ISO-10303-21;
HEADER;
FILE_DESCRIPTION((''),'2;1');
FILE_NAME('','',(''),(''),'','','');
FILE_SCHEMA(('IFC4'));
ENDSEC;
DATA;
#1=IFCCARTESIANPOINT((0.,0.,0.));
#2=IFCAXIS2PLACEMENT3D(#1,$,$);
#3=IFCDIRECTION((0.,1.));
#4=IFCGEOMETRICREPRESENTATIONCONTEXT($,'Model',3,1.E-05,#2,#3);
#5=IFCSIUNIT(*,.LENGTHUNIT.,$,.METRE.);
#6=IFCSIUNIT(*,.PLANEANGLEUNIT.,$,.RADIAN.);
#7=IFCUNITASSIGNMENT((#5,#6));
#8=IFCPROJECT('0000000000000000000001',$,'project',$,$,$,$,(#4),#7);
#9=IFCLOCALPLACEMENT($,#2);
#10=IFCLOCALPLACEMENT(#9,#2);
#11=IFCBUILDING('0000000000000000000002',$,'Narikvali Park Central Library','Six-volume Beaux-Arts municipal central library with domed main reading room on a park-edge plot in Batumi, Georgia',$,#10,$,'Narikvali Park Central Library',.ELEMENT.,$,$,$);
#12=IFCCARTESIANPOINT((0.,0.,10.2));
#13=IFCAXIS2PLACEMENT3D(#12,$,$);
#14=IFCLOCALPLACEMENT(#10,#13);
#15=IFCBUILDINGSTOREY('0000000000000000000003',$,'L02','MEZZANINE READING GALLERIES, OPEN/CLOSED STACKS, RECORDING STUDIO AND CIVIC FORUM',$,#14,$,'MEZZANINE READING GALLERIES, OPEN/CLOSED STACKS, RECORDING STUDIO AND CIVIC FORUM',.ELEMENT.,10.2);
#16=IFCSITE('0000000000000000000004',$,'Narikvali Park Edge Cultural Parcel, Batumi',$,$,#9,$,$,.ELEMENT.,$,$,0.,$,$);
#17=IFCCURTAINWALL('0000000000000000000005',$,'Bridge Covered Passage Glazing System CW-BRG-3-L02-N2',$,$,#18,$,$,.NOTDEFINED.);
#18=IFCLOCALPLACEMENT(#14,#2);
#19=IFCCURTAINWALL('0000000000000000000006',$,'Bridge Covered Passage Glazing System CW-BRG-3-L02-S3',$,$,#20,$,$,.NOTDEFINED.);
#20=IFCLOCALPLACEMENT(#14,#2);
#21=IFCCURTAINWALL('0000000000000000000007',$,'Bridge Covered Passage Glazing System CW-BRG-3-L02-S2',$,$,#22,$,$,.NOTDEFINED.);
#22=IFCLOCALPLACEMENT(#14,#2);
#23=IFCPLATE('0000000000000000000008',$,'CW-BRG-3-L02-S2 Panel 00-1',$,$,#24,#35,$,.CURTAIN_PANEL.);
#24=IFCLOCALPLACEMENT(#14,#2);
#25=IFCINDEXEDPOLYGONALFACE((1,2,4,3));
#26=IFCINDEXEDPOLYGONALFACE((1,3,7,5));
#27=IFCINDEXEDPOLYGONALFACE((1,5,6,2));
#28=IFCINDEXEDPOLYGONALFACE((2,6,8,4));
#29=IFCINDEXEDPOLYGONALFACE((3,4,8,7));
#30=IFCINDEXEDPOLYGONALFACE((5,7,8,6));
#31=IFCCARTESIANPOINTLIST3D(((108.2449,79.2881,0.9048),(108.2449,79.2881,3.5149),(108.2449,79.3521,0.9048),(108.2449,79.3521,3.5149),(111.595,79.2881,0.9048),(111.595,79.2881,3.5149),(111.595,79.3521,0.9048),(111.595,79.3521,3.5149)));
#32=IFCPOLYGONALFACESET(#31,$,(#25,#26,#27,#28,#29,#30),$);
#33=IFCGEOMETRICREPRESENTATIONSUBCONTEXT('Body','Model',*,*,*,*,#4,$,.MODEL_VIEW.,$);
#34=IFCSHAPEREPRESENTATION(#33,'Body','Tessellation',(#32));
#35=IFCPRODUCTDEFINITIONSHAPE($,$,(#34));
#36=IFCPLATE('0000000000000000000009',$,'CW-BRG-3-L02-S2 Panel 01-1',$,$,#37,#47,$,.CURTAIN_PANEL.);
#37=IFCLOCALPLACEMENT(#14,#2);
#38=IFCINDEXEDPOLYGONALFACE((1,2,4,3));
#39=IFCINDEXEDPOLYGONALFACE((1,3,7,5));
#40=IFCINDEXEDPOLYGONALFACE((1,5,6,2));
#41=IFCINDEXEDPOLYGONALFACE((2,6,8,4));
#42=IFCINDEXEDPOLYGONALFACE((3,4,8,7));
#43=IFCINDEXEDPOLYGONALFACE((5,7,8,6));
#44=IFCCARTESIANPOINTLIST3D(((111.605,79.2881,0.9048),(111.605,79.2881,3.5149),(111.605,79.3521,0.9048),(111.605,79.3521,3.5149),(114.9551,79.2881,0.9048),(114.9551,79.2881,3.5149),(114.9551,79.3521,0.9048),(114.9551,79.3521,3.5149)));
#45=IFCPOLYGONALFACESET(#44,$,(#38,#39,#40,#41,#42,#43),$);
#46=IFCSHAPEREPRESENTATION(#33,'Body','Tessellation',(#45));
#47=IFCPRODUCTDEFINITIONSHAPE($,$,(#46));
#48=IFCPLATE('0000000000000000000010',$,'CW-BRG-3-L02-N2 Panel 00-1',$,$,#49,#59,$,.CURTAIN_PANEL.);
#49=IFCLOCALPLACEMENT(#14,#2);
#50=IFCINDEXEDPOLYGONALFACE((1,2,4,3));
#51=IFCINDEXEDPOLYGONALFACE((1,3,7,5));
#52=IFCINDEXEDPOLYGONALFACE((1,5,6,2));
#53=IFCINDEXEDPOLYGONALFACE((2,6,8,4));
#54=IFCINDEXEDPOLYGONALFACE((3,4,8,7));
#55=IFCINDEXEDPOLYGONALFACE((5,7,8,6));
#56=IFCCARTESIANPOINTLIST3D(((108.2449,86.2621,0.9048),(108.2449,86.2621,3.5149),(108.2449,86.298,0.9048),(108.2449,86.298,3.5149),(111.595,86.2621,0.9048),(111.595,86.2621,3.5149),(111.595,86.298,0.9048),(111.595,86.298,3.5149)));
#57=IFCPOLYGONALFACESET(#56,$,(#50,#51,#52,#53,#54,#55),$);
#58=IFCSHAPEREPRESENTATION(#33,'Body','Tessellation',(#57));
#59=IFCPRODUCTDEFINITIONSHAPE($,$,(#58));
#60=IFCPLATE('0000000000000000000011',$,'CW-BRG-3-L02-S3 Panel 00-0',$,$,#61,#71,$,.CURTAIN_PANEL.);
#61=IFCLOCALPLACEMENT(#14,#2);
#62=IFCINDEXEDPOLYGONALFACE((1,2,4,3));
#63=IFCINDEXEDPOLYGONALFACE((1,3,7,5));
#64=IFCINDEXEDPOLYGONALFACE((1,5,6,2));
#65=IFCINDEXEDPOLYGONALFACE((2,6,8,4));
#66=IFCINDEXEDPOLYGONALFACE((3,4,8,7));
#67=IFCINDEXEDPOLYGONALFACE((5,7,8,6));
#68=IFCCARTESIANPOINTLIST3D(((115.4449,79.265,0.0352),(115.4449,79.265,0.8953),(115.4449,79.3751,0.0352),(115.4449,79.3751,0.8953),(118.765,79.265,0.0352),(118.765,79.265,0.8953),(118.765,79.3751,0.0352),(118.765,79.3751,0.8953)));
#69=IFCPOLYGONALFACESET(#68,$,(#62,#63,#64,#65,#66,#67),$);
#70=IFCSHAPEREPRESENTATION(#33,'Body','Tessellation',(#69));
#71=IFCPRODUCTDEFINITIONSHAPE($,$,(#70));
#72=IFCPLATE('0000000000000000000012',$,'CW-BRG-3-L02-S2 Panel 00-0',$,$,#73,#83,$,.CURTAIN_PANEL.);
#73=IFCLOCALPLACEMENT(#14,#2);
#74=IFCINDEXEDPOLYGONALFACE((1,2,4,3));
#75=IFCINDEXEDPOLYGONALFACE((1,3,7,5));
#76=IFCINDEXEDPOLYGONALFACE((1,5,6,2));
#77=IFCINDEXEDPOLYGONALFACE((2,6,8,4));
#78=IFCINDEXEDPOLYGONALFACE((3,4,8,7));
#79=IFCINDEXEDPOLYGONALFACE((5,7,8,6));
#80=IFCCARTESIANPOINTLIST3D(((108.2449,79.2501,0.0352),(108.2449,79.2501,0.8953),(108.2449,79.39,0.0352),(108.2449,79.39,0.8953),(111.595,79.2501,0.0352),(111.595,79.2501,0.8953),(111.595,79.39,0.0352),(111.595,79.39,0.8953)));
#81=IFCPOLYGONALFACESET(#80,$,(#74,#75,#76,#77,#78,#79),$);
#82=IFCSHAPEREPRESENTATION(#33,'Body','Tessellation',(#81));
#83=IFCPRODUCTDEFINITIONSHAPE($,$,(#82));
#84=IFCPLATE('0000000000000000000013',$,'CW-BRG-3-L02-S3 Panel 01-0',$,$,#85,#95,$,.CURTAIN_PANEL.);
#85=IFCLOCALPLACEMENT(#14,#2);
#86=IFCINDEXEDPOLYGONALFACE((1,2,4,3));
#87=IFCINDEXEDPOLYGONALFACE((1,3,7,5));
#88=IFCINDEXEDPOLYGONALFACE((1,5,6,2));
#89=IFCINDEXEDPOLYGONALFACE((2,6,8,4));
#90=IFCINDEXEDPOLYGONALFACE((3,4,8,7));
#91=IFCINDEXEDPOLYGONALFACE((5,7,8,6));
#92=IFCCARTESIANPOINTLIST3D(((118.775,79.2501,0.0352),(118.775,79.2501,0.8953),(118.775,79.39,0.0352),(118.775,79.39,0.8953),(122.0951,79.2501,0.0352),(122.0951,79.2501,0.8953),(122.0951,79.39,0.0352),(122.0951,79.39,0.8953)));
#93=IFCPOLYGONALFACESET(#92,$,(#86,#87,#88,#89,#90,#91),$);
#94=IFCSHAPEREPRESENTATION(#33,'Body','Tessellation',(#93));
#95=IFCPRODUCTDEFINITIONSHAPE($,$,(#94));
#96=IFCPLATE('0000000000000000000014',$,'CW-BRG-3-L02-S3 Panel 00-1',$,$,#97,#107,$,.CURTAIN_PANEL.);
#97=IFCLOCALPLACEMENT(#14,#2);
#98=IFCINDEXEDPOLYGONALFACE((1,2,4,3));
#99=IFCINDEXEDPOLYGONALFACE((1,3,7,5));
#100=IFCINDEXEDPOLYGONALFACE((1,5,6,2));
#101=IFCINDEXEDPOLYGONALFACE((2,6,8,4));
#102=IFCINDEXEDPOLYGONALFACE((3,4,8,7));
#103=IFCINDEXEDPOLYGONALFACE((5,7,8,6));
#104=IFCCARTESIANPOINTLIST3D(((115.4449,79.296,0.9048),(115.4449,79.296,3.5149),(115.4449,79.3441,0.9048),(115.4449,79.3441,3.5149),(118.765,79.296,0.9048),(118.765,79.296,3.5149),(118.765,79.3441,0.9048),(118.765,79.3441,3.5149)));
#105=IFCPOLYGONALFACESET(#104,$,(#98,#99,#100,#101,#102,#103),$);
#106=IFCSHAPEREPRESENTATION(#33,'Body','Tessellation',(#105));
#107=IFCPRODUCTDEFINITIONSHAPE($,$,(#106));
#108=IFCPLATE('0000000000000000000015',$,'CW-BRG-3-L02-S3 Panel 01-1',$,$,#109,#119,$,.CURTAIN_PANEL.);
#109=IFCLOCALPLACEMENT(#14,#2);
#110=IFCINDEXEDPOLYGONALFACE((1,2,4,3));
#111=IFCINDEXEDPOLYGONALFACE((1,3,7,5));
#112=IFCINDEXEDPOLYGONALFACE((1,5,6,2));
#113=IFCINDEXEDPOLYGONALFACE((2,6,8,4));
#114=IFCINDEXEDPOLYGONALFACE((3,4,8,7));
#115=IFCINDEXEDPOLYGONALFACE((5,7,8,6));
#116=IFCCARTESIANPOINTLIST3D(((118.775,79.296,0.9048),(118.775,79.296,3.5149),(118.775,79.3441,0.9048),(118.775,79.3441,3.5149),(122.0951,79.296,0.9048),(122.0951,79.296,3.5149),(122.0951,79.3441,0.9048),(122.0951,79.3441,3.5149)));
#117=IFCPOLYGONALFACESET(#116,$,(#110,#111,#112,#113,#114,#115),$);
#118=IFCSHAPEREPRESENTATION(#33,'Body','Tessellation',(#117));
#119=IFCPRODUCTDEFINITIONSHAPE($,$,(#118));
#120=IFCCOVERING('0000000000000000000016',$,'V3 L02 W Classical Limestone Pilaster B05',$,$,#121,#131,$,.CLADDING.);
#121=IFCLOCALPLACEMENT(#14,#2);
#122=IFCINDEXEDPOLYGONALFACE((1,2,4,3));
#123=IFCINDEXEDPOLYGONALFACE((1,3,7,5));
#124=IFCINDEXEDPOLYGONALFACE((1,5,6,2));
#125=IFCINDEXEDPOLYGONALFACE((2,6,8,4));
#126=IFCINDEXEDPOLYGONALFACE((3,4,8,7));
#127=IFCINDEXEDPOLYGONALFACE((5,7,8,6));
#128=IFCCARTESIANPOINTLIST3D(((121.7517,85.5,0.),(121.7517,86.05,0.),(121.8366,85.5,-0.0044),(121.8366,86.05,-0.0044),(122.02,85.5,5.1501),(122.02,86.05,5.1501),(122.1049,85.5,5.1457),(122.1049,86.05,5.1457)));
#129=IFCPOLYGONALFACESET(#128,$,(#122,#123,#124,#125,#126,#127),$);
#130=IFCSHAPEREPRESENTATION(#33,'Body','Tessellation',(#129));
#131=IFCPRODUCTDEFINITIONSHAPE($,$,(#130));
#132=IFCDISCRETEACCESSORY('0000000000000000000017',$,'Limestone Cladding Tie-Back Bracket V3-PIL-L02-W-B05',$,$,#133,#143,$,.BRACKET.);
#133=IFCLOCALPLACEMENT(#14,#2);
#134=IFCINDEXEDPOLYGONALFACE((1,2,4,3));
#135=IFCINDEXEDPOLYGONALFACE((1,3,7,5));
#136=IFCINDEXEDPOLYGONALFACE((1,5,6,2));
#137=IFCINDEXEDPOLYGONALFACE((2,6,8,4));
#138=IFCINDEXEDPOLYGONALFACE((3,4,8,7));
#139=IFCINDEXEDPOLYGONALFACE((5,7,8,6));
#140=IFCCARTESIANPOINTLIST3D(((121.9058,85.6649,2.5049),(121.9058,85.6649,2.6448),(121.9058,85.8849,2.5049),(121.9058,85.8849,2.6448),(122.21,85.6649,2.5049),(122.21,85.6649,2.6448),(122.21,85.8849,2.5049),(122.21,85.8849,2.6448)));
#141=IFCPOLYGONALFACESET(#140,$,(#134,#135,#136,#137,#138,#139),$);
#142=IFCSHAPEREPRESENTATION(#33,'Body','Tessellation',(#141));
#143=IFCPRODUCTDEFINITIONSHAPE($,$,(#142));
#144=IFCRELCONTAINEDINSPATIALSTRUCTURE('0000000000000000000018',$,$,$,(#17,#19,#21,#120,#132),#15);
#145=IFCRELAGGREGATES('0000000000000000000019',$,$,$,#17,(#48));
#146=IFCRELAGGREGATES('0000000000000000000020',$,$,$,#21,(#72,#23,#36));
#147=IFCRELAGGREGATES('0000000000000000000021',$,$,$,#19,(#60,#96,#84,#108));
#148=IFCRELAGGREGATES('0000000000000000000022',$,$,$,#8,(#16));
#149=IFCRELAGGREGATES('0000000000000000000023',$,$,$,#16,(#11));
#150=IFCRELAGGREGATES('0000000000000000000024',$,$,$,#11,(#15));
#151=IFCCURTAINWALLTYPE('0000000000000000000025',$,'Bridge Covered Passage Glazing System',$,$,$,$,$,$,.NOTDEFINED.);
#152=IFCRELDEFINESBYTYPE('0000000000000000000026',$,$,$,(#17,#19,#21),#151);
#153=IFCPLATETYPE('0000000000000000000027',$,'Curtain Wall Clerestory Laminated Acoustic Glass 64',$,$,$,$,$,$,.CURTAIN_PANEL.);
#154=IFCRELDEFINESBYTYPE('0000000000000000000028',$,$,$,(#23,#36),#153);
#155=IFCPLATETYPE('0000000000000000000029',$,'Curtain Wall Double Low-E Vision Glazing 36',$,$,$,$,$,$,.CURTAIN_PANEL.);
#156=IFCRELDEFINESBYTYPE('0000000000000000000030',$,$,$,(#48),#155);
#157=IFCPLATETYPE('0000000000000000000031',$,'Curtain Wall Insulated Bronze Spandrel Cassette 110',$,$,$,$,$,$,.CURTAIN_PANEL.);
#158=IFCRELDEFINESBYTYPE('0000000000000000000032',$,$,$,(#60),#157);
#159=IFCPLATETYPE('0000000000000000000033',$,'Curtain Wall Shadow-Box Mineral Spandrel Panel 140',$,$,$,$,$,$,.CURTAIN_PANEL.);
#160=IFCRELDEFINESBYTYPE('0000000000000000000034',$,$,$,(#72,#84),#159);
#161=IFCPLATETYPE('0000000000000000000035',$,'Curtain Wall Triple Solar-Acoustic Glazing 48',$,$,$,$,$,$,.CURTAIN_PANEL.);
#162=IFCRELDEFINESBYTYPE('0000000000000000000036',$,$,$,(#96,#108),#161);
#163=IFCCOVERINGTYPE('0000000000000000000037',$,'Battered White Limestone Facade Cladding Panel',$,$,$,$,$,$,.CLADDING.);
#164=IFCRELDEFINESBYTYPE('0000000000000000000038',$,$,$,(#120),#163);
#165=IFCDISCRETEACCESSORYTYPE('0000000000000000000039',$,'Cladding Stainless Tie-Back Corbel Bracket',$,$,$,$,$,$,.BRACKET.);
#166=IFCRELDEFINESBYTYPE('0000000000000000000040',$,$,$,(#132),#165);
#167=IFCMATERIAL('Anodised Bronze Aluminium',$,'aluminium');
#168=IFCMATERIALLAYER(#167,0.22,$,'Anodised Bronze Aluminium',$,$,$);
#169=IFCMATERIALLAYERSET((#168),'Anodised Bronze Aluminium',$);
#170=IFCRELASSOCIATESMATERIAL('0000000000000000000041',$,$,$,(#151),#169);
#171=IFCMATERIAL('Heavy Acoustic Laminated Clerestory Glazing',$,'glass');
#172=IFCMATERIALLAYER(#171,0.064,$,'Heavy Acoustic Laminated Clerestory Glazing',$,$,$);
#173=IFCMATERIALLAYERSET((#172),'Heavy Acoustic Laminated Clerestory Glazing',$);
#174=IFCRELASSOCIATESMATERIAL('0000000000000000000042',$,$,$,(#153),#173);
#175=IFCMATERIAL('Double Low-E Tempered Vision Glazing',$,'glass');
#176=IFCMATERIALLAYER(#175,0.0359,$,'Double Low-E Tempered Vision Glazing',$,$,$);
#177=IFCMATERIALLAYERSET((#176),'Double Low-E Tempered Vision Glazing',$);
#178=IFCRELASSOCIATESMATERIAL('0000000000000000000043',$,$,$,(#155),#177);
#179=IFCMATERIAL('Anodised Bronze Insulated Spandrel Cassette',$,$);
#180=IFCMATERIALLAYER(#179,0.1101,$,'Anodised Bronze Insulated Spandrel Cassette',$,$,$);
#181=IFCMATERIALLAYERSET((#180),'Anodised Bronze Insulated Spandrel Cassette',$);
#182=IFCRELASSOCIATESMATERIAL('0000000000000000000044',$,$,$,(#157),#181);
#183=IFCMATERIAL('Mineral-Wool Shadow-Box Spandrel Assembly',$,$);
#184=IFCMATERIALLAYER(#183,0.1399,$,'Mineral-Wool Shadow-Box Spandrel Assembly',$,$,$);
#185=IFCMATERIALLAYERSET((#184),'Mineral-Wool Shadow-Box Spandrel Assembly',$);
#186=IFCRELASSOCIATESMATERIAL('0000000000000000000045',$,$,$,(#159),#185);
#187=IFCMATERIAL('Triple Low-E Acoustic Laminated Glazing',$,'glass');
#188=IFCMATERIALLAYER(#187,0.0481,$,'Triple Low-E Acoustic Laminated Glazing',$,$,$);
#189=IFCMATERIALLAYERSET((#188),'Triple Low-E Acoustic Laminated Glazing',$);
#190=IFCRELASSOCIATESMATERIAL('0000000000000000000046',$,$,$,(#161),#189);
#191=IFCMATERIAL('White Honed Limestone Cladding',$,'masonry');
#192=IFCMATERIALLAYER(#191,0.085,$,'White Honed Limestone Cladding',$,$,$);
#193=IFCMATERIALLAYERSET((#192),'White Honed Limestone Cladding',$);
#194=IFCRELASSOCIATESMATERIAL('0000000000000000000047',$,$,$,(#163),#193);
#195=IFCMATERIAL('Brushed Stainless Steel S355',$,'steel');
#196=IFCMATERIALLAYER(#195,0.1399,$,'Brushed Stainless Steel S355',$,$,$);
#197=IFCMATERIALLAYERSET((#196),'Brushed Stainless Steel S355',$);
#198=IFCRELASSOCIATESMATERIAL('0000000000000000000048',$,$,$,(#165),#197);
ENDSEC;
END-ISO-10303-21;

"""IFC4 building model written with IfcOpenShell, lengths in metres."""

from ifc_helpers import new_model, si_unit, direction, frame, origin, origin_2d, place, context, subcontext, project, spatial, polyline, rectangle, outline, extrude, material, layer, layer_set, type_object, element, aggregate, save


model = new_model("IFC4")

# Units and contexts
model_context = context("Model", 3, precision=1e-05, world=origin(), true_north=direction((0.0, 1.0)))
body_context = subcontext(model_context, "Body", "Model", "MODEL_VIEW")
ifc_project = project(units=[si_unit("LENGTHUNIT", "METRE"), si_unit("PLANEANGLEUNIT", "RADIAN")], contexts=[model_context])

# Site, building, storey
site_placement = place(None, origin())
site = spatial("IfcSite", under=ifc_project, at=site_placement, Name="Narikvali Park Edge Cultural Parcel, Batumi", CompositionType="ELEMENT", RefElevation=0.0)
building_placement = place(site_placement, origin())
building = spatial("IfcBuilding", under=site, at=building_placement, Name="Narikvali Park Central Library", Description="Six-volume Beaux-Arts municipal central library with domed main reading room on a park-edge plot in Batumi, Georgia", LongName="Narikvali Park Central Library", CompositionType="ELEMENT")
storey_placement = place(building_placement, frame((0.0, 0.0, 10.2)))
storey = spatial("IfcBuildingStorey", under=building, at=storey_placement, Name="L02", Description="MEZZANINE READING GALLERIES, OPEN/CLOSED STACKS, RECORDING STUDIO AND CIVIC FORUM", LongName="MEZZANINE READING GALLERIES, OPEN/CLOSED STACKS, RECORDING STUDIO AND CIVIC FORUM", CompositionType="ELEMENT", Elevation=10.2)

# Curtain walls
ifc_material_1 = material(Name="Anodised Bronze Aluminium", Category="aluminium")
ifc_layer_1 = layer(ifc_material_1, 0.22, Name="Anodised Bronze Aluminium")
ifc_layer_set_1 = layer_set([ifc_layer_1], Name="Anodised Bronze Aluminium")
curtain_wall_type = type_object("IfcCurtainWallType", Name="Bridge Covered Passage Glazing System", PredefinedType="NOTDEFINED", material=ifc_layer_set_1)
curtain_wall_1_placement = place(storey_placement, origin())
curtain_wall_1 = element("IfcCurtainWall", 1, at=curtain_wall_1_placement, inside=storey, type_object=curtain_wall_type, Name="Bridge Covered Passage Glazing System CW-BRG-3-L02-N2", PredefinedType="NOTDEFINED")
curtain_wall_2_placement = place(storey_placement, origin())
curtain_wall_2 = element("IfcCurtainWall", 2, at=curtain_wall_2_placement, inside=storey, type_object=curtain_wall_type, Name="Bridge Covered Passage Glazing System CW-BRG-3-L02-S3", PredefinedType="NOTDEFINED")
curtain_wall_3_placement = place(storey_placement, origin())
curtain_wall_3 = element("IfcCurtainWall", 3, at=curtain_wall_3_placement, inside=storey, type_object=curtain_wall_type, Name="Bridge Covered Passage Glazing System CW-BRG-3-L02-S2", PredefinedType="NOTDEFINED")

# Plates
ifc_material_2 = material(Name="Heavy Acoustic Laminated Clerestory Glazing", Category="glass")
ifc_layer_2 = layer(ifc_material_2, 0.064, Name="Heavy Acoustic Laminated Clerestory Glazing")
ifc_layer_set_2 = layer_set([ifc_layer_2], Name="Heavy Acoustic Laminated Clerestory Glazing")
plate_type_1 = type_object("IfcPlateType", Name="Curtain Wall Clerestory Laminated Acoustic Glass 64", PredefinedType="CURTAIN_PANEL", material=ifc_layer_set_2)
plate_1_placement = place(storey_placement, frame((109.9199, 79.3201, 0.9048), z_axis=(0.0, 0.0, 1.0), x_axis=(1.0, 0.0, 0.0)))
plate_1 = element("IfcPlate", 4, at=plate_1_placement, type_object=plate_type_1, Name="CW-BRG-3-L02-S2 Panel 00-1", PredefinedType="CURTAIN_PANEL", context=body_context, shape_type="SweptSolid", body=[
    extrude(rectangle(XDim=3.3501, YDim=0.064, at=origin_2d()), origin(), (0.0, 0.0, 1.0), 2.6101),
])
plate_2_placement = place(storey_placement, frame((113.28, 79.3201, 0.9048), z_axis=(0.0, 0.0, 1.0), x_axis=(1.0, 0.0, 0.0)))
plate_2 = element("IfcPlate", 5, at=plate_2_placement, type_object=plate_type_1, Name="CW-BRG-3-L02-S2 Panel 01-1", PredefinedType="CURTAIN_PANEL", context=body_context, shape_type="SweptSolid", body=[
    extrude(rectangle(XDim=3.3501, YDim=0.064, at=origin_2d()), origin(), (0.0, 0.0, 1.0), 2.6101),
])
ifc_material_3 = material(Name="Double Low-E Tempered Vision Glazing", Category="glass")
ifc_layer_3 = layer(ifc_material_3, 0.0359, Name="Double Low-E Tempered Vision Glazing")
ifc_layer_set_3 = layer_set([ifc_layer_3], Name="Double Low-E Tempered Vision Glazing")
plate_type_2 = type_object("IfcPlateType", Name="Curtain Wall Double Low-E Vision Glazing 36", PredefinedType="CURTAIN_PANEL", material=ifc_layer_set_3)
plate_3_placement = place(storey_placement, frame((109.9199, 86.28, 0.9048), z_axis=(0.0, 0.0, 1.0), x_axis=(1.0, 0.0, 0.0)))
plate_3 = element("IfcPlate", 6, at=plate_3_placement, type_object=plate_type_2, Name="CW-BRG-3-L02-N2 Panel 00-1", PredefinedType="CURTAIN_PANEL", context=body_context, shape_type="SweptSolid", body=[
    extrude(rectangle(XDim=3.3501, YDim=0.0359, at=origin_2d()), origin(), (0.0, 0.0, 1.0), 2.6101),
])
aggregate(curtain_wall_1, [plate_3])
ifc_material_4 = material(Name="Anodised Bronze Insulated Spandrel Cassette")
ifc_layer_4 = layer(ifc_material_4, 0.1101, Name="Anodised Bronze Insulated Spandrel Cassette")
ifc_layer_set_4 = layer_set([ifc_layer_4], Name="Anodised Bronze Insulated Spandrel Cassette")
plate_type_3 = type_object("IfcPlateType", Name="Curtain Wall Insulated Bronze Spandrel Cassette 110", PredefinedType="CURTAIN_PANEL", material=ifc_layer_set_4)
plate_4_placement = place(storey_placement, frame((117.105, 79.3201, 0.0352), z_axis=(0.0, 0.0, 1.0), x_axis=(1.0, 0.0, 0.0)))
plate_4 = element("IfcPlate", 7, at=plate_4_placement, type_object=plate_type_3, Name="CW-BRG-3-L02-S3 Panel 00-0", PredefinedType="CURTAIN_PANEL", context=body_context, shape_type="SweptSolid", body=[
    extrude(rectangle(XDim=3.3201, YDim=0.1101, at=origin_2d()), origin(), (0.0, 0.0, 1.0), 0.8601),
])
ifc_material_5 = material(Name="Mineral-Wool Shadow-Box Spandrel Assembly")
ifc_layer_5 = layer(ifc_material_5, 0.1399, Name="Mineral-Wool Shadow-Box Spandrel Assembly")
ifc_layer_set_5 = layer_set([ifc_layer_5], Name="Mineral-Wool Shadow-Box Spandrel Assembly")
plate_type_4 = type_object("IfcPlateType", Name="Curtain Wall Shadow-Box Mineral Spandrel Panel 140", PredefinedType="CURTAIN_PANEL", material=ifc_layer_set_5)
plate_5_placement = place(storey_placement, frame((109.9199, 79.3201, 0.0352), z_axis=(0.0, 0.0, 1.0), x_axis=(1.0, 0.0, 0.0)))
plate_5 = element("IfcPlate", 8, at=plate_5_placement, type_object=plate_type_4, Name="CW-BRG-3-L02-S2 Panel 00-0", PredefinedType="CURTAIN_PANEL", context=body_context, shape_type="SweptSolid", body=[
    extrude(rectangle(XDim=3.3501, YDim=0.1399, at=origin_2d()), origin(), (0.0, 0.0, 1.0), 0.8601),
])
aggregate(curtain_wall_3, [plate_5, plate_1, plate_2])
plate_6_placement = place(storey_placement, frame((120.4351, 79.3201, 0.0352), z_axis=(0.0, 0.0, 1.0), x_axis=(1.0, 0.0, 0.0)))
plate_6 = element("IfcPlate", 9, at=plate_6_placement, type_object=plate_type_4, Name="CW-BRG-3-L02-S3 Panel 01-0", PredefinedType="CURTAIN_PANEL", context=body_context, shape_type="SweptSolid", body=[
    extrude(rectangle(XDim=3.3201, YDim=0.1399, at=origin_2d()), origin(), (0.0, 0.0, 1.0), 0.8601),
])
ifc_material_6 = material(Name="Triple Low-E Acoustic Laminated Glazing", Category="glass")
ifc_layer_6 = layer(ifc_material_6, 0.0481, Name="Triple Low-E Acoustic Laminated Glazing")
ifc_layer_set_6 = layer_set([ifc_layer_6], Name="Triple Low-E Acoustic Laminated Glazing")
plate_type_5 = type_object("IfcPlateType", Name="Curtain Wall Triple Solar-Acoustic Glazing 48", PredefinedType="CURTAIN_PANEL", material=ifc_layer_set_6)
plate_7_placement = place(storey_placement, frame((117.105, 79.3201, 0.9048), z_axis=(0.0, 0.0, 1.0), x_axis=(1.0, 0.0, 0.0)))
plate_7 = element("IfcPlate", 10, at=plate_7_placement, type_object=plate_type_5, Name="CW-BRG-3-L02-S3 Panel 00-1", PredefinedType="CURTAIN_PANEL", context=body_context, shape_type="SweptSolid", body=[
    extrude(rectangle(XDim=3.3201, YDim=0.0481, at=origin_2d()), origin(), (0.0, 0.0, 1.0), 2.6101),
])
plate_8_placement = place(storey_placement, frame((120.4351, 79.3201, 0.9048), z_axis=(0.0, 0.0, 1.0), x_axis=(1.0, 0.0, 0.0)))
plate_8 = element("IfcPlate", 11, at=plate_8_placement, type_object=plate_type_5, Name="CW-BRG-3-L02-S3 Panel 01-1", PredefinedType="CURTAIN_PANEL", context=body_context, shape_type="SweptSolid", body=[
    extrude(rectangle(XDim=3.3201, YDim=0.0481, at=origin_2d()), origin(), (0.0, 0.0, 1.0), 2.6101),
])
aggregate(curtain_wall_2, [plate_4, plate_7, plate_6, plate_8])

# Covering
ifc_material_7 = material(Name="White Honed Limestone Cladding", Category="masonry")
ifc_layer_7 = layer(ifc_material_7, 0.085, Name="White Honed Limestone Cladding")
ifc_layer_set_7 = layer_set([ifc_layer_7], Name="White Honed Limestone Cladding")
covering_type = type_object("IfcCoveringType", Name="Battered White Limestone Facade Cladding Panel", PredefinedType="CLADDING", material=ifc_layer_set_7)
covering_placement = place(storey_placement, frame((121.7517, 86.05, 0.0), z_axis=(-0.998646, 0.0, 0.052027), x_axis=(0.0, -1.0, 0.0)))
element("IfcCovering", 12, at=covering_placement, inside=storey, type_object=covering_type, Name="V3 L02 W Classical Limestone Pilaster B05", PredefinedType="CLADDING", context=body_context, shape_type="SweptSolid", body=[
    extrude(outline(polyline([(0.0, 0.0), (0.55, 0.0), (0.55, 5.1571), (0.0, 5.1571), (0.0, 0.0)])), origin(), (0.0, 0.0, -1.0), 0.085),
])

# Discrete accessory
ifc_material_8 = material(Name="Brushed Stainless Steel S355", Category="steel")
ifc_layer_8 = layer(ifc_material_8, 0.1399, Name="Brushed Stainless Steel S355")
ifc_layer_set_8 = layer_set([ifc_layer_8], Name="Brushed Stainless Steel S355")
discrete_accessory_type = type_object("IfcDiscreteAccessoryType", Name="Cladding Stainless Tie-Back Corbel Bracket", PredefinedType="BRACKET", material=ifc_layer_set_8)
discrete_accessory_placement = place(storey_placement, frame((122.0579, 85.7749, 2.5049), z_axis=(0.0, 0.0, 1.0), x_axis=(1.0, 0.0, 0.0)))
element("IfcDiscreteAccessory", 13, at=discrete_accessory_placement, inside=storey, type_object=discrete_accessory_type, Name="Limestone Cladding Tie-Back Bracket V3-PIL-L02-W-B05", PredefinedType="BRACKET", context=body_context, shape_type="SweptSolid", body=[
    extrude(rectangle(XDim=0.3042, YDim=0.22, at=origin_2d()), origin(), (0.0, 0.0, 1.0), 0.1399),
])

save(model, "model.ifc")
